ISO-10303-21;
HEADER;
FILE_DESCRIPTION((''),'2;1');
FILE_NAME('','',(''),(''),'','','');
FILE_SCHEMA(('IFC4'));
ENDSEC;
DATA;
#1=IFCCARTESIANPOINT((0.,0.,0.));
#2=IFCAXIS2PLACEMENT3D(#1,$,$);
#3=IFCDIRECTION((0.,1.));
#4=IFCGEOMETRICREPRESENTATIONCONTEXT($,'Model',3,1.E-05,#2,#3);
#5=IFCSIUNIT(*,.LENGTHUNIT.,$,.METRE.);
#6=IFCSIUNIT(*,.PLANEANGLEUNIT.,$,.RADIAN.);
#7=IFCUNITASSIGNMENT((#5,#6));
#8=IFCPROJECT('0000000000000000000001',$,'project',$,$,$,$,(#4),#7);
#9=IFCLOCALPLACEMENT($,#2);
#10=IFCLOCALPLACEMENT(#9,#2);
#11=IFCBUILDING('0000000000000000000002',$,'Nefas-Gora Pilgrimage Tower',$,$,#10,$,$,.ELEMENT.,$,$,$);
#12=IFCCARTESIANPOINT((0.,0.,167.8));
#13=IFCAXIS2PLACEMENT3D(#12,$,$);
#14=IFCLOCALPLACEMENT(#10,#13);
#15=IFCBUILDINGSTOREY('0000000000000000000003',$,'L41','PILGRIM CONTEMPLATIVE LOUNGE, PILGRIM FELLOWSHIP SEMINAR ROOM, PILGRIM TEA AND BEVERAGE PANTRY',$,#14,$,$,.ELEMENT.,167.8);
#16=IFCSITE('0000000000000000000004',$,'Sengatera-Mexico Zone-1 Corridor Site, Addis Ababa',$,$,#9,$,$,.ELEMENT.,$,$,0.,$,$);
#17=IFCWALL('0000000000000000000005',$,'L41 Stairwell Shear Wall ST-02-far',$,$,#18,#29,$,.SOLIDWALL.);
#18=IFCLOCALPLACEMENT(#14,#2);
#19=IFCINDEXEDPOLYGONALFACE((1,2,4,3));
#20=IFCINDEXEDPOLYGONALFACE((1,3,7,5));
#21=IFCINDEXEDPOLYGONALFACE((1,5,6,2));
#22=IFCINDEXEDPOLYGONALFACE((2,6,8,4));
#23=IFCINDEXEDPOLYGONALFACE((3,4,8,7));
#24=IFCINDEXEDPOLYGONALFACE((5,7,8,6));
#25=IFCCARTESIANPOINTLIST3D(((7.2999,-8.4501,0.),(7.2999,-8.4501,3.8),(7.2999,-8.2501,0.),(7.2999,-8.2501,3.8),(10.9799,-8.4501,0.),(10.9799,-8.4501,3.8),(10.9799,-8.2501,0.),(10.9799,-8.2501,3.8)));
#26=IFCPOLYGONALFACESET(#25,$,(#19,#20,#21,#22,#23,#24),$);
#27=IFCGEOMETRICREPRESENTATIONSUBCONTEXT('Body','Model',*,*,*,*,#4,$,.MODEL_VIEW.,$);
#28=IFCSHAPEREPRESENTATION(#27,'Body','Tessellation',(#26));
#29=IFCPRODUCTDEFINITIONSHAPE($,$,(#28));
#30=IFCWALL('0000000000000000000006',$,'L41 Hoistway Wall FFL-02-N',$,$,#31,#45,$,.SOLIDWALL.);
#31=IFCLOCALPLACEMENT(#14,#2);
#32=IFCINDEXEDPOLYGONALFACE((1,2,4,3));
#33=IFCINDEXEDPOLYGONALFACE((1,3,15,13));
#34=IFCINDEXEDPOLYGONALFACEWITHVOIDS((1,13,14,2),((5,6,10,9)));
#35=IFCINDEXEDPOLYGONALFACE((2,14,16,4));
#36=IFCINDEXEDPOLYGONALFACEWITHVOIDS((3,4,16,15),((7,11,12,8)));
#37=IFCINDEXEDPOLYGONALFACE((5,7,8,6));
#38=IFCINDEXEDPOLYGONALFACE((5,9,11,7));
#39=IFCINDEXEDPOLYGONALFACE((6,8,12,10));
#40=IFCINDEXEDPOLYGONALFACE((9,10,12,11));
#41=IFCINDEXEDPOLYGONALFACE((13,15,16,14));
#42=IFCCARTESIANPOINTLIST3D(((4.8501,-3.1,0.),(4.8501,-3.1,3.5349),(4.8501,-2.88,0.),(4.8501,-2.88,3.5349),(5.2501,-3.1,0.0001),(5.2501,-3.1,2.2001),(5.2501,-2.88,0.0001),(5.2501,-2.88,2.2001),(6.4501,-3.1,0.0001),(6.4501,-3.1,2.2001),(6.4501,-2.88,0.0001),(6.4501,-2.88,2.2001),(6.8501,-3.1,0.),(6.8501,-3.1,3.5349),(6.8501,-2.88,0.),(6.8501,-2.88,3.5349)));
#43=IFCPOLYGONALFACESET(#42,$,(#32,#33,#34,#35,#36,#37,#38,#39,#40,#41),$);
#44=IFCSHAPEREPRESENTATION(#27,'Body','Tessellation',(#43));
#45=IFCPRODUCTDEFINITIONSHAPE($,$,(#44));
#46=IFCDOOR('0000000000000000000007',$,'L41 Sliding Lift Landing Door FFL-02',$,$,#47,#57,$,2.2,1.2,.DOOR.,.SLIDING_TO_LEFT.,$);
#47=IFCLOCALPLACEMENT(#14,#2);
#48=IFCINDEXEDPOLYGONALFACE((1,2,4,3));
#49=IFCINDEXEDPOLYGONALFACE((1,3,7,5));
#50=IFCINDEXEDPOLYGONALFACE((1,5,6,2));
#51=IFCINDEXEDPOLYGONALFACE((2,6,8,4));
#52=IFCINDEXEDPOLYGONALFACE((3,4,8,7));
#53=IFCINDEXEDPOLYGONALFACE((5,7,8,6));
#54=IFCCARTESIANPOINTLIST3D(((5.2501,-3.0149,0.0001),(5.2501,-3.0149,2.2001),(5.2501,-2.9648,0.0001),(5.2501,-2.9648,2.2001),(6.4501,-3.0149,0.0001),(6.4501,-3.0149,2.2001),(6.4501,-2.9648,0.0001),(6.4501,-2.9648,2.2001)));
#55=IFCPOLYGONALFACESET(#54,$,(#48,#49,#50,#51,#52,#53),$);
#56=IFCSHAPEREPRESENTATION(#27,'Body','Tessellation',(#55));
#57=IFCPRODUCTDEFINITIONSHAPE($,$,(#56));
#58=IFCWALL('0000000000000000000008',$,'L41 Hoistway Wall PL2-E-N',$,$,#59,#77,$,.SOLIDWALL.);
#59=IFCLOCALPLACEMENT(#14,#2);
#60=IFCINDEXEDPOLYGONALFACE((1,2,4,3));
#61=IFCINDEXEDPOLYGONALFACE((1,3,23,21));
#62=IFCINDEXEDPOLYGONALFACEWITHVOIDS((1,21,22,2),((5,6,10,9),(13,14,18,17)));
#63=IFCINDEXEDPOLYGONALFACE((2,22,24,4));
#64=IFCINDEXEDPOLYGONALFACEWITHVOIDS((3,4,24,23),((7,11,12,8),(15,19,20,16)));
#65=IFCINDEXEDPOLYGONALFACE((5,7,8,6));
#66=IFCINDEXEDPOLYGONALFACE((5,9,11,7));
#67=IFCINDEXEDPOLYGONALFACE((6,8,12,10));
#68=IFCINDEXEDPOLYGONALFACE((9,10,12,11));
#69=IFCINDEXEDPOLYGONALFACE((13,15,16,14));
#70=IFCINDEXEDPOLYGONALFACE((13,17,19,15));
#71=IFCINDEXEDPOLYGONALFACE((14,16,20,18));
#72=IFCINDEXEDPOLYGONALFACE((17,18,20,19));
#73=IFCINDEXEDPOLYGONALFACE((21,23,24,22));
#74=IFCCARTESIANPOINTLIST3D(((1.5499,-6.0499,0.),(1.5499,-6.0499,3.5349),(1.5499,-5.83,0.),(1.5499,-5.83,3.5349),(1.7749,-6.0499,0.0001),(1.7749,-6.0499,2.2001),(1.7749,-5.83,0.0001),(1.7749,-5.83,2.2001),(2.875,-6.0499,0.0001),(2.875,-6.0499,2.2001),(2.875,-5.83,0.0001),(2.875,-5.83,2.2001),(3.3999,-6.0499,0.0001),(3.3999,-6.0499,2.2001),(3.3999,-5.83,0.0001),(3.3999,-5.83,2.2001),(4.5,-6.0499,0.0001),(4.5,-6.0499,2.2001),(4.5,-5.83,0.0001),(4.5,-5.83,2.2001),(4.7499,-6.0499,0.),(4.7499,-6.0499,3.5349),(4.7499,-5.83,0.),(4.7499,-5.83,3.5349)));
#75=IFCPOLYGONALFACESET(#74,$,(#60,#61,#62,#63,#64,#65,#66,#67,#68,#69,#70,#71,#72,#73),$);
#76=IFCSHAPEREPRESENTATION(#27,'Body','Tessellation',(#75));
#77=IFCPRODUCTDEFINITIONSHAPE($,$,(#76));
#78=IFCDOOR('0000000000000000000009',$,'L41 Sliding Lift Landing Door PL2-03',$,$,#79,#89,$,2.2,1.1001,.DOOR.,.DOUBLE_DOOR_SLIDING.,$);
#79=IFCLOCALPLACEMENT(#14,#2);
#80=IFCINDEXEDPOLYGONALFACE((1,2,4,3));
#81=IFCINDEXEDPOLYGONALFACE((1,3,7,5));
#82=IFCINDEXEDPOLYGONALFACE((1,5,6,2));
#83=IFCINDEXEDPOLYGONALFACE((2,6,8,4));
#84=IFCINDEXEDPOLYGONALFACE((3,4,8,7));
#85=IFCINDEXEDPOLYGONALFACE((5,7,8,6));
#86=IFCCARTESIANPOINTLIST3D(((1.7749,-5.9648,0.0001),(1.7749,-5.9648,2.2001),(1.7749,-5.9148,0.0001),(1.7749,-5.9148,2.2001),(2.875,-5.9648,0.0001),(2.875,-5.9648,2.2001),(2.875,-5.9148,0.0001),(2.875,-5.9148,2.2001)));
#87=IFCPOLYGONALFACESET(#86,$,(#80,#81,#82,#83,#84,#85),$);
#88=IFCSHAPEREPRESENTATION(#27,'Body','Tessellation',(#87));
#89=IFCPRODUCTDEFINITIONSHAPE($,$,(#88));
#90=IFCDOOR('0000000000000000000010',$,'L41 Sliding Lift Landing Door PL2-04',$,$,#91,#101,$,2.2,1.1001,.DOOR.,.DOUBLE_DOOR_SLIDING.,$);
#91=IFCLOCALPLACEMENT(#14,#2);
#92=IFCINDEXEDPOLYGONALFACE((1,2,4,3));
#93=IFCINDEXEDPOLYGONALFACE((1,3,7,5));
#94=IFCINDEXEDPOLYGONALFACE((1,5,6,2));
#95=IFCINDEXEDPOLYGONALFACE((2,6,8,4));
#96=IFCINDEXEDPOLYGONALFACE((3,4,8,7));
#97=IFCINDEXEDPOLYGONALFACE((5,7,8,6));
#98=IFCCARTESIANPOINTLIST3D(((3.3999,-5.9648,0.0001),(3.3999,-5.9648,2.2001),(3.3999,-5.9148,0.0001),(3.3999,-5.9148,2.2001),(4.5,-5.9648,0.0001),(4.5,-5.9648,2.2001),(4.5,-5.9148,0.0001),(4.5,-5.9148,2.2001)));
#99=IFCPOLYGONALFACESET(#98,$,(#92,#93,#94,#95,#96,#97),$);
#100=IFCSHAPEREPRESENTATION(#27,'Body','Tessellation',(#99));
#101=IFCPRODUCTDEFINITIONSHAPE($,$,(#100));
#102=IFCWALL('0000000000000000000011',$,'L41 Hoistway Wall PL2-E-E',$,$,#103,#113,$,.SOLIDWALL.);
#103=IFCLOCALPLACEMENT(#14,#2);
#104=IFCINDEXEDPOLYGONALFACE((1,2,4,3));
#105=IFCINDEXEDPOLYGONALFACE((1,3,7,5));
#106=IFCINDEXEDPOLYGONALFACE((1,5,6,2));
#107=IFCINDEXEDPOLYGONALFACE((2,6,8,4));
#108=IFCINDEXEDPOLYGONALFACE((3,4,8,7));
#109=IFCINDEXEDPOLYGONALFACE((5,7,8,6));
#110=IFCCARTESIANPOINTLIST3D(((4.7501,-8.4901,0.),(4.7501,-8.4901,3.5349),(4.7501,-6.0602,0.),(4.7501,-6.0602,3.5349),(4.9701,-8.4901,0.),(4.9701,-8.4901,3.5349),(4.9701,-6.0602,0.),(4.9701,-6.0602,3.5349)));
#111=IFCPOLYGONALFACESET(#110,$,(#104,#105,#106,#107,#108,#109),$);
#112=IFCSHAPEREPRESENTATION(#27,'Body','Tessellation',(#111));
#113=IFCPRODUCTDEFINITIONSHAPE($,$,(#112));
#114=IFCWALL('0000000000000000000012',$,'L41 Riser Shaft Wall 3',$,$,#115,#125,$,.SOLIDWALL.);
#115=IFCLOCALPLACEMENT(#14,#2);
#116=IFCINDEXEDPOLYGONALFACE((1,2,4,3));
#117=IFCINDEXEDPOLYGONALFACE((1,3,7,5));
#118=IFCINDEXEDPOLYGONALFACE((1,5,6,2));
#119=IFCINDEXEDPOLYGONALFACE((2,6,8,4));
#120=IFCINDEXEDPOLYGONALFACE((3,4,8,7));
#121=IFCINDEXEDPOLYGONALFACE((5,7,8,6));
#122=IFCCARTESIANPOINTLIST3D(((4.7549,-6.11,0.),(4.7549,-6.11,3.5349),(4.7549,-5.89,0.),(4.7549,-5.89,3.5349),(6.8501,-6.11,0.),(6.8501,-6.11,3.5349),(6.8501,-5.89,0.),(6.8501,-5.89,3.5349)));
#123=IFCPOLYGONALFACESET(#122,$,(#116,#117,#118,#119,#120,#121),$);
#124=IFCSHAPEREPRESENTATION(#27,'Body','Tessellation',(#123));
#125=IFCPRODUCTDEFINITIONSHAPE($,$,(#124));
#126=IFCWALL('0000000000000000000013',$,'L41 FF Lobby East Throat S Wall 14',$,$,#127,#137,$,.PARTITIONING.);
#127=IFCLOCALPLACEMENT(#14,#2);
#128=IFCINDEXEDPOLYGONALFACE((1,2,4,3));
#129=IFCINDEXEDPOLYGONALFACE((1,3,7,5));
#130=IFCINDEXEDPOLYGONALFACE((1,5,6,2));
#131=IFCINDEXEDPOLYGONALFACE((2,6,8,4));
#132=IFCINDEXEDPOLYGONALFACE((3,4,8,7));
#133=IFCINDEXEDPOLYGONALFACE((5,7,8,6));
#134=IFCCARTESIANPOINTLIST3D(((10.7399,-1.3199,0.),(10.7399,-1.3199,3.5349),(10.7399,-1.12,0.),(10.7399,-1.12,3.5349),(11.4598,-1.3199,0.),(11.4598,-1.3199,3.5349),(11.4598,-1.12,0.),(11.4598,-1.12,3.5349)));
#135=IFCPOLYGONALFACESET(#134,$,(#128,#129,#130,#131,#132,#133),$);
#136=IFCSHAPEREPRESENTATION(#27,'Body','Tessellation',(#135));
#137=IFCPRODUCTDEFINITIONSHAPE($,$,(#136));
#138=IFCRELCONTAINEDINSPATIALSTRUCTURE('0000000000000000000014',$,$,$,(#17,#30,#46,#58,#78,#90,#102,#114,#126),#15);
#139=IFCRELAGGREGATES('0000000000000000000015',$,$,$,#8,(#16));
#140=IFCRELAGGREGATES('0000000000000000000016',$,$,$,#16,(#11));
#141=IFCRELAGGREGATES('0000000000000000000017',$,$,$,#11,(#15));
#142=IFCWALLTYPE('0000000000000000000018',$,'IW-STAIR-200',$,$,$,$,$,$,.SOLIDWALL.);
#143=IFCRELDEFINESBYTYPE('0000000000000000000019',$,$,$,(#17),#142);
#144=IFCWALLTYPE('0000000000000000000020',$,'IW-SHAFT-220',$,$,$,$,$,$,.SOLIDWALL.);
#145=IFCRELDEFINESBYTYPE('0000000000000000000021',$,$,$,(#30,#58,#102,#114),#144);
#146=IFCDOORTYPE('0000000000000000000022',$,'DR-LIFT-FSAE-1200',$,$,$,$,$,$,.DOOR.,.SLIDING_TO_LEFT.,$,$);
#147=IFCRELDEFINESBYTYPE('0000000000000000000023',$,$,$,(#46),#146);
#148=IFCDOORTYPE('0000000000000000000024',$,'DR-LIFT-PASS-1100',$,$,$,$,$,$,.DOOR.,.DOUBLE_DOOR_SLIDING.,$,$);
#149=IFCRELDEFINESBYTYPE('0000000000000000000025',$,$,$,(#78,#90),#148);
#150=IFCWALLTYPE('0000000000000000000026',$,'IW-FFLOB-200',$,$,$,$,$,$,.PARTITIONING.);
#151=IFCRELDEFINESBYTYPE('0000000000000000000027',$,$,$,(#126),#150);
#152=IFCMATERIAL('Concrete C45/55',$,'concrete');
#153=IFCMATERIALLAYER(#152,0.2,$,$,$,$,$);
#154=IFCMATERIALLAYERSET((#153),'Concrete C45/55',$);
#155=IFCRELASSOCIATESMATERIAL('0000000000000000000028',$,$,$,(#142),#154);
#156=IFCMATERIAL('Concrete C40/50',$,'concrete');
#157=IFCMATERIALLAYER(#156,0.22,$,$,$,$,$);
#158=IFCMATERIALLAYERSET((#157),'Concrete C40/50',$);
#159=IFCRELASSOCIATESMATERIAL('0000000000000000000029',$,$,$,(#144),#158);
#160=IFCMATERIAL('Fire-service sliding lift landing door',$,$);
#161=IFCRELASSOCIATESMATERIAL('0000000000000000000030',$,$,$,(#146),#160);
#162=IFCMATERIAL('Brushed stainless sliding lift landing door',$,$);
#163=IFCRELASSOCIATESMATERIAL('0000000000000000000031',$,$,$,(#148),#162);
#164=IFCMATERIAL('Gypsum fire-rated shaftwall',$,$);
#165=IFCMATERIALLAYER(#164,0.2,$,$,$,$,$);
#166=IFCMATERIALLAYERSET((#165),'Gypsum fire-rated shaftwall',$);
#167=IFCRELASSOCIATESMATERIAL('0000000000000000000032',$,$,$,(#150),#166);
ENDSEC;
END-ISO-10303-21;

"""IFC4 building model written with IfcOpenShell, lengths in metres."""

from ifc_helpers import new_model, si_unit, direction, frame, frame_2d, origin, place, context, subcontext, project, spatial, rectangle, extrude, source, transform, mapped, material, layer, layer_set, type_object, element, fill, save


model = new_model("IFC4")

# Units and contexts
model_context = context("Model", 3, precision=1e-05, world=origin(), true_north=direction((0.0, 1.0)))
body_context = subcontext(model_context, "Body", "Model", "MODEL_VIEW")
ifc_project = project(units=[si_unit("LENGTHUNIT", "METRE"), si_unit("PLANEANGLEUNIT", "RADIAN")], contexts=[model_context])

# Site, building, storey
site_placement = place(None, origin())
site = spatial("IfcSite", under=ifc_project, at=site_placement, Name="Sengatera-Mexico Zone-1 Corridor Site, Addis Ababa", CompositionType="ELEMENT", RefElevation=0.0)
building_placement = place(site_placement, origin())
building = spatial("IfcBuilding", under=site, at=building_placement, Name="Nefas-Gora Pilgrimage Tower", CompositionType="ELEMENT")
storey_placement = place(building_placement, frame((0.0, 0.0, 167.8)))
storey = spatial("IfcBuildingStorey", under=building, at=storey_placement, Name="L41", Description="PILGRIM CONTEMPLATIVE LOUNGE, PILGRIM FELLOWSHIP SEMINAR ROOM, PILGRIM TEA AND BEVERAGE PANTRY", CompositionType="ELEMENT", Elevation=167.8)

# Wall
ifc_material_1 = material(Name="Concrete C45/55", Category="concrete")
ifc_layer_1 = layer(ifc_material_1, 0.2)
ifc_layer_set_1 = layer_set([ifc_layer_1], Name="Concrete C45/55")
wall_type_1 = type_object("IfcWallType", Name="IW-STAIR-200", PredefinedType="SOLIDWALL", material=ifc_layer_set_1)
shared_shape_1 = source(origin(), body_context, "Body", "SweptSolid", [
    extrude(rectangle(XDim=3.6799, YDim=0.2, at=frame_2d((1.8398, 0.0))), origin(), (0.0, 0.0, 1.0), 3.8),
])
wall_1_placement = place(storey_placement, frame((7.3, -8.3501, 0.0), z_axis=(0.0, 0.0, 1.0), x_axis=(1.0, 0.0, 0.0)))
element("IfcWall", 1, at=wall_1_placement, inside=storey, type_object=wall_type_1, Name="L41 Stairwell Shear Wall ST-02-far", PredefinedType="SOLIDWALL", context=body_context, shape_type="MappedRepresentation", body=[
    mapped(shared_shape_1, transform((0.0, 0.0, 0.0), x_axis=(1.0, 0.0, 0.0), y_axis=(0.0, 1.0, 0.0), z_axis=(0.0, 0.0, 1.0), scale=1.0)),
])

# Wall, opening, door
ifc_material_2 = material(Name="Concrete C40/50", Category="concrete")
ifc_layer_2 = layer(ifc_material_2, 0.22)
ifc_layer_set_2 = layer_set([ifc_layer_2], Name="Concrete C40/50")
wall_type_2 = type_object("IfcWallType", Name="IW-SHAFT-220", PredefinedType="SOLIDWALL", material=ifc_layer_set_2)
shared_shape_2 = source(origin(), body_context, "Body", "SweptSolid", [
    extrude(rectangle(XDim=2.0, YDim=0.22, at=frame_2d((1.0, 0.0))), origin(), (0.0, 0.0, 1.0), 3.5349),
])
wall_2_placement = place(storey_placement, frame((6.8501, -2.99, 0.0), z_axis=(0.0, 0.0, 1.0), x_axis=(-1.0, 0.0, 0.0)))
wall_2 = element("IfcWall", 2, at=wall_2_placement, inside=storey, type_object=wall_type_2, Name="L41 Hoistway Wall FFL-02-N", PredefinedType="SOLIDWALL", context=body_context, shape_type="MappedRepresentation", body=[
    mapped(shared_shape_2, transform((0.0, 0.0, 0.0), x_axis=(1.0, 0.0, 0.0), y_axis=(0.0, 1.0, 0.0), z_axis=(0.0, 0.0, 1.0), scale=1.0)),
])
opening_1_placement = place(wall_2_placement, frame((0.3999, 0.0, 0.0)))
opening_1 = element("IfcOpeningElement", 3, at=opening_1_placement, cuts=wall_2, PredefinedType="OPENING", context=body_context, shape_type="SweptSolid", body=[
    extrude(rectangle(XDim=1.2, YDim=2.2, at=frame_2d((0.6001, 1.1001))), frame((0.0, 0.1199, 0.0), z_axis=(0.0, -1.0, 0.0), x_axis=(1.0, 0.0, 0.0)), (0.0, 0.0, 1.0), 0.24),
])
ifc_material_3 = material(Name="Fire-service sliding lift landing door")
door_type_1 = type_object("IfcDoorType", Name="DR-LIFT-FSAE-1200", OperationType="SLIDING_TO_LEFT", PredefinedType="DOOR", material=ifc_material_3)
shared_shape_3 = source(origin(), body_context, "Body", "SweptSolid", [
    extrude(rectangle(XDim=1.2, YDim=2.2, at=frame_2d((0.6001, 1.1001))), frame((0.0, 0.0249, 0.0), z_axis=(0.0, -1.0, 0.0), x_axis=(1.0, 0.0, 0.0)), (0.0, 0.0, 1.0), 0.05),
])
door_1_placement = place(opening_1_placement, origin())
door_1 = element("IfcDoor", 4, at=door_1_placement, inside=storey, type_object=door_type_1, Name="L41 Sliding Lift Landing Door FFL-02", OperationType="SLIDING_TO_LEFT", OverallHeight=2.2, OverallWidth=1.2, PredefinedType="DOOR", context=body_context, shape_type="MappedRepresentation", body=[
    mapped(shared_shape_3, transform((0.0, 0.0, 0.0), x_axis=(1.0, 0.0, 0.0), y_axis=(0.0, 1.0, 0.0), z_axis=(0.0, 0.0, 1.0), scale=1.0)),
])
fill(opening_1, door_1)

# Wall, openings, doors
shared_shape_4 = source(origin(), body_context, "Body", "SweptSolid", [
    extrude(rectangle(XDim=3.2, YDim=0.22, at=frame_2d((1.6001, 0.0))), origin(), (0.0, 0.0, 1.0), 3.5349),
])
wall_3_placement = place(storey_placement, frame((4.75, -5.9399, 0.0), z_axis=(0.0, 0.0, 1.0), x_axis=(-1.0, 0.0, 0.0)))
wall_3 = element("IfcWall", 5, at=wall_3_placement, inside=storey, type_object=wall_type_2, Name="L41 Hoistway Wall PL2-E-N", PredefinedType="SOLIDWALL", context=body_context, shape_type="MappedRepresentation", body=[
    mapped(shared_shape_4, transform((0.0, 0.0, 0.0), x_axis=(1.0, 0.0, 0.0), y_axis=(0.0, 1.0, 0.0), z_axis=(0.0, 0.0, 1.0), scale=1.0)),
])
opening_2_placement = place(wall_3_placement, frame((1.875, 0.0, 0.0)))
opening_2 = element("IfcOpeningElement", 6, at=opening_2_placement, cuts=wall_3, PredefinedType="OPENING", context=body_context, shape_type="SweptSolid", body=[
    extrude(rectangle(XDim=1.1001, YDim=2.2, at=frame_2d((0.55, 1.1001))), frame((0.0, 0.1199, 0.0), z_axis=(0.0, -1.0, 0.0), x_axis=(1.0, 0.0, 0.0)), (0.0, 0.0, 1.0), 0.24),
])
opening_3_placement = place(wall_3_placement, frame((0.25, 0.0, 0.0)))
opening_3 = element("IfcOpeningElement", 7, at=opening_3_placement, cuts=wall_3, PredefinedType="OPENING", context=body_context, shape_type="SweptSolid", body=[
    extrude(rectangle(XDim=1.1001, YDim=2.2, at=frame_2d((0.55, 1.1001))), frame((0.0, 0.1199, 0.0), z_axis=(0.0, -1.0, 0.0), x_axis=(1.0, 0.0, 0.0)), (0.0, 0.0, 1.0), 0.24),
])
ifc_material_4 = material(Name="Brushed stainless sliding lift landing door")
door_type_2 = type_object("IfcDoorType", Name="DR-LIFT-PASS-1100", OperationType="DOUBLE_DOOR_SLIDING", PredefinedType="DOOR", material=ifc_material_4)
shared_shape_5 = source(origin(), body_context, "Body", "SweptSolid", [
    extrude(rectangle(XDim=1.1001, YDim=2.2, at=frame_2d((0.55, 1.1001))), frame((0.0, 0.0249, 0.0), z_axis=(0.0, -1.0, 0.0), x_axis=(1.0, 0.0, 0.0)), (0.0, 0.0, 1.0), 0.05),
])
door_2_placement = place(opening_2_placement, origin())
door_2 = element("IfcDoor", 8, at=door_2_placement, inside=storey, type_object=door_type_2, Name="L41 Sliding Lift Landing Door PL2-03", OperationType="DOUBLE_DOOR_SLIDING", OverallHeight=2.2, OverallWidth=1.1001, PredefinedType="DOOR", context=body_context, shape_type="MappedRepresentation", body=[
    mapped(shared_shape_5, transform((0.0, 0.0, 0.0), x_axis=(1.0, 0.0, 0.0), y_axis=(0.0, 1.0, 0.0), z_axis=(0.0, 0.0, 1.0), scale=1.0)),
])
fill(opening_2, door_2)
door_3_placement = place(opening_3_placement, origin())
door_3 = element("IfcDoor", 9, at=door_3_placement, inside=storey, type_object=door_type_2, Name="L41 Sliding Lift Landing Door PL2-04", OperationType="DOUBLE_DOOR_SLIDING", OverallHeight=2.2, OverallWidth=1.1001, PredefinedType="DOOR", context=body_context, shape_type="MappedRepresentation", body=[
    mapped(shared_shape_5, transform((0.0, 0.0, 0.0), x_axis=(1.0, 0.0, 0.0), y_axis=(0.0, 1.0, 0.0), z_axis=(0.0, 0.0, 1.0), scale=1.0)),
])
fill(opening_3, door_3)

# Walls
shared_shape_6 = source(origin(), body_context, "Body", "SweptSolid", [
    extrude(rectangle(XDim=2.4299, YDim=0.22, at=frame_2d((1.2148, 0.0))), origin(), (0.0, 0.0, 1.0), 3.5349),
])
wall_4_placement = place(storey_placement, frame((4.8601, -8.49, 0.0), z_axis=(0.0, 0.0, 1.0), x_axis=(0.0, 1.0, 0.0)))
element("IfcWall", 10, at=wall_4_placement, inside=storey, type_object=wall_type_2, Name="L41 Hoistway Wall PL2-E-E", PredefinedType="SOLIDWALL", context=body_context, shape_type="MappedRepresentation", body=[
    mapped(shared_shape_6, transform((0.0, 0.0, 0.0), x_axis=(1.0, 0.0, 0.0), y_axis=(0.0, 1.0, 0.0), z_axis=(0.0, 0.0, 1.0), scale=1.0)),
])
shared_shape_7 = source(origin(), body_context, "Body", "SweptSolid", [
    extrude(rectangle(XDim=2.0952, YDim=0.22, at=frame_2d((1.0476, 0.0))), origin(), (0.0, 0.0, 1.0), 3.5349),
])
wall_5_placement = place(storey_placement, frame((4.7549, -6.0, 0.0), z_axis=(0.0, 0.0, 1.0), x_axis=(1.0, 0.0, 0.0)))
element("IfcWall", 11, at=wall_5_placement, inside=storey, type_object=wall_type_2, Name="L41 Riser Shaft Wall 3", PredefinedType="SOLIDWALL", context=body_context, shape_type="MappedRepresentation", body=[
    mapped(shared_shape_7, transform((0.0, 0.0, 0.0), x_axis=(1.0, 0.0, 0.0), y_axis=(0.0, 1.0, 0.0), z_axis=(0.0, 0.0, 1.0), scale=1.0)),
])
ifc_material_5 = material(Name="Gypsum fire-rated shaftwall")
ifc_layer_3 = layer(ifc_material_5, 0.2)
ifc_layer_set_3 = layer_set([ifc_layer_3], Name="Gypsum fire-rated shaftwall")
wall_type_3 = type_object("IfcWallType", Name="IW-FFLOB-200", PredefinedType="PARTITIONING", material=ifc_layer_set_3)
shared_shape_8 = source(origin(), body_context, "Body", "SweptSolid", [
    extrude(rectangle(XDim=0.72, YDim=0.2, at=frame_2d((0.3599, 0.0))), origin(), (0.0, 0.0, 1.0), 3.5349),
])
wall_6_placement = place(storey_placement, frame((10.74, -1.22, 0.0), z_axis=(0.0, 0.0, 1.0), x_axis=(1.0, 0.0, 0.0)))
element("IfcWall", 12, at=wall_6_placement, inside=storey, type_object=wall_type_3, Name="L41 FF Lobby East Throat S Wall 14", PredefinedType="PARTITIONING", context=body_context, shape_type="MappedRepresentation", body=[
    mapped(shared_shape_8, transform((0.0, 0.0, 0.0), x_axis=(1.0, 0.0, 0.0), y_axis=(0.0, 1.0, 0.0), z_axis=(0.0, 0.0, 1.0), scale=1.0)),
])

save(model, "model.ifc")
